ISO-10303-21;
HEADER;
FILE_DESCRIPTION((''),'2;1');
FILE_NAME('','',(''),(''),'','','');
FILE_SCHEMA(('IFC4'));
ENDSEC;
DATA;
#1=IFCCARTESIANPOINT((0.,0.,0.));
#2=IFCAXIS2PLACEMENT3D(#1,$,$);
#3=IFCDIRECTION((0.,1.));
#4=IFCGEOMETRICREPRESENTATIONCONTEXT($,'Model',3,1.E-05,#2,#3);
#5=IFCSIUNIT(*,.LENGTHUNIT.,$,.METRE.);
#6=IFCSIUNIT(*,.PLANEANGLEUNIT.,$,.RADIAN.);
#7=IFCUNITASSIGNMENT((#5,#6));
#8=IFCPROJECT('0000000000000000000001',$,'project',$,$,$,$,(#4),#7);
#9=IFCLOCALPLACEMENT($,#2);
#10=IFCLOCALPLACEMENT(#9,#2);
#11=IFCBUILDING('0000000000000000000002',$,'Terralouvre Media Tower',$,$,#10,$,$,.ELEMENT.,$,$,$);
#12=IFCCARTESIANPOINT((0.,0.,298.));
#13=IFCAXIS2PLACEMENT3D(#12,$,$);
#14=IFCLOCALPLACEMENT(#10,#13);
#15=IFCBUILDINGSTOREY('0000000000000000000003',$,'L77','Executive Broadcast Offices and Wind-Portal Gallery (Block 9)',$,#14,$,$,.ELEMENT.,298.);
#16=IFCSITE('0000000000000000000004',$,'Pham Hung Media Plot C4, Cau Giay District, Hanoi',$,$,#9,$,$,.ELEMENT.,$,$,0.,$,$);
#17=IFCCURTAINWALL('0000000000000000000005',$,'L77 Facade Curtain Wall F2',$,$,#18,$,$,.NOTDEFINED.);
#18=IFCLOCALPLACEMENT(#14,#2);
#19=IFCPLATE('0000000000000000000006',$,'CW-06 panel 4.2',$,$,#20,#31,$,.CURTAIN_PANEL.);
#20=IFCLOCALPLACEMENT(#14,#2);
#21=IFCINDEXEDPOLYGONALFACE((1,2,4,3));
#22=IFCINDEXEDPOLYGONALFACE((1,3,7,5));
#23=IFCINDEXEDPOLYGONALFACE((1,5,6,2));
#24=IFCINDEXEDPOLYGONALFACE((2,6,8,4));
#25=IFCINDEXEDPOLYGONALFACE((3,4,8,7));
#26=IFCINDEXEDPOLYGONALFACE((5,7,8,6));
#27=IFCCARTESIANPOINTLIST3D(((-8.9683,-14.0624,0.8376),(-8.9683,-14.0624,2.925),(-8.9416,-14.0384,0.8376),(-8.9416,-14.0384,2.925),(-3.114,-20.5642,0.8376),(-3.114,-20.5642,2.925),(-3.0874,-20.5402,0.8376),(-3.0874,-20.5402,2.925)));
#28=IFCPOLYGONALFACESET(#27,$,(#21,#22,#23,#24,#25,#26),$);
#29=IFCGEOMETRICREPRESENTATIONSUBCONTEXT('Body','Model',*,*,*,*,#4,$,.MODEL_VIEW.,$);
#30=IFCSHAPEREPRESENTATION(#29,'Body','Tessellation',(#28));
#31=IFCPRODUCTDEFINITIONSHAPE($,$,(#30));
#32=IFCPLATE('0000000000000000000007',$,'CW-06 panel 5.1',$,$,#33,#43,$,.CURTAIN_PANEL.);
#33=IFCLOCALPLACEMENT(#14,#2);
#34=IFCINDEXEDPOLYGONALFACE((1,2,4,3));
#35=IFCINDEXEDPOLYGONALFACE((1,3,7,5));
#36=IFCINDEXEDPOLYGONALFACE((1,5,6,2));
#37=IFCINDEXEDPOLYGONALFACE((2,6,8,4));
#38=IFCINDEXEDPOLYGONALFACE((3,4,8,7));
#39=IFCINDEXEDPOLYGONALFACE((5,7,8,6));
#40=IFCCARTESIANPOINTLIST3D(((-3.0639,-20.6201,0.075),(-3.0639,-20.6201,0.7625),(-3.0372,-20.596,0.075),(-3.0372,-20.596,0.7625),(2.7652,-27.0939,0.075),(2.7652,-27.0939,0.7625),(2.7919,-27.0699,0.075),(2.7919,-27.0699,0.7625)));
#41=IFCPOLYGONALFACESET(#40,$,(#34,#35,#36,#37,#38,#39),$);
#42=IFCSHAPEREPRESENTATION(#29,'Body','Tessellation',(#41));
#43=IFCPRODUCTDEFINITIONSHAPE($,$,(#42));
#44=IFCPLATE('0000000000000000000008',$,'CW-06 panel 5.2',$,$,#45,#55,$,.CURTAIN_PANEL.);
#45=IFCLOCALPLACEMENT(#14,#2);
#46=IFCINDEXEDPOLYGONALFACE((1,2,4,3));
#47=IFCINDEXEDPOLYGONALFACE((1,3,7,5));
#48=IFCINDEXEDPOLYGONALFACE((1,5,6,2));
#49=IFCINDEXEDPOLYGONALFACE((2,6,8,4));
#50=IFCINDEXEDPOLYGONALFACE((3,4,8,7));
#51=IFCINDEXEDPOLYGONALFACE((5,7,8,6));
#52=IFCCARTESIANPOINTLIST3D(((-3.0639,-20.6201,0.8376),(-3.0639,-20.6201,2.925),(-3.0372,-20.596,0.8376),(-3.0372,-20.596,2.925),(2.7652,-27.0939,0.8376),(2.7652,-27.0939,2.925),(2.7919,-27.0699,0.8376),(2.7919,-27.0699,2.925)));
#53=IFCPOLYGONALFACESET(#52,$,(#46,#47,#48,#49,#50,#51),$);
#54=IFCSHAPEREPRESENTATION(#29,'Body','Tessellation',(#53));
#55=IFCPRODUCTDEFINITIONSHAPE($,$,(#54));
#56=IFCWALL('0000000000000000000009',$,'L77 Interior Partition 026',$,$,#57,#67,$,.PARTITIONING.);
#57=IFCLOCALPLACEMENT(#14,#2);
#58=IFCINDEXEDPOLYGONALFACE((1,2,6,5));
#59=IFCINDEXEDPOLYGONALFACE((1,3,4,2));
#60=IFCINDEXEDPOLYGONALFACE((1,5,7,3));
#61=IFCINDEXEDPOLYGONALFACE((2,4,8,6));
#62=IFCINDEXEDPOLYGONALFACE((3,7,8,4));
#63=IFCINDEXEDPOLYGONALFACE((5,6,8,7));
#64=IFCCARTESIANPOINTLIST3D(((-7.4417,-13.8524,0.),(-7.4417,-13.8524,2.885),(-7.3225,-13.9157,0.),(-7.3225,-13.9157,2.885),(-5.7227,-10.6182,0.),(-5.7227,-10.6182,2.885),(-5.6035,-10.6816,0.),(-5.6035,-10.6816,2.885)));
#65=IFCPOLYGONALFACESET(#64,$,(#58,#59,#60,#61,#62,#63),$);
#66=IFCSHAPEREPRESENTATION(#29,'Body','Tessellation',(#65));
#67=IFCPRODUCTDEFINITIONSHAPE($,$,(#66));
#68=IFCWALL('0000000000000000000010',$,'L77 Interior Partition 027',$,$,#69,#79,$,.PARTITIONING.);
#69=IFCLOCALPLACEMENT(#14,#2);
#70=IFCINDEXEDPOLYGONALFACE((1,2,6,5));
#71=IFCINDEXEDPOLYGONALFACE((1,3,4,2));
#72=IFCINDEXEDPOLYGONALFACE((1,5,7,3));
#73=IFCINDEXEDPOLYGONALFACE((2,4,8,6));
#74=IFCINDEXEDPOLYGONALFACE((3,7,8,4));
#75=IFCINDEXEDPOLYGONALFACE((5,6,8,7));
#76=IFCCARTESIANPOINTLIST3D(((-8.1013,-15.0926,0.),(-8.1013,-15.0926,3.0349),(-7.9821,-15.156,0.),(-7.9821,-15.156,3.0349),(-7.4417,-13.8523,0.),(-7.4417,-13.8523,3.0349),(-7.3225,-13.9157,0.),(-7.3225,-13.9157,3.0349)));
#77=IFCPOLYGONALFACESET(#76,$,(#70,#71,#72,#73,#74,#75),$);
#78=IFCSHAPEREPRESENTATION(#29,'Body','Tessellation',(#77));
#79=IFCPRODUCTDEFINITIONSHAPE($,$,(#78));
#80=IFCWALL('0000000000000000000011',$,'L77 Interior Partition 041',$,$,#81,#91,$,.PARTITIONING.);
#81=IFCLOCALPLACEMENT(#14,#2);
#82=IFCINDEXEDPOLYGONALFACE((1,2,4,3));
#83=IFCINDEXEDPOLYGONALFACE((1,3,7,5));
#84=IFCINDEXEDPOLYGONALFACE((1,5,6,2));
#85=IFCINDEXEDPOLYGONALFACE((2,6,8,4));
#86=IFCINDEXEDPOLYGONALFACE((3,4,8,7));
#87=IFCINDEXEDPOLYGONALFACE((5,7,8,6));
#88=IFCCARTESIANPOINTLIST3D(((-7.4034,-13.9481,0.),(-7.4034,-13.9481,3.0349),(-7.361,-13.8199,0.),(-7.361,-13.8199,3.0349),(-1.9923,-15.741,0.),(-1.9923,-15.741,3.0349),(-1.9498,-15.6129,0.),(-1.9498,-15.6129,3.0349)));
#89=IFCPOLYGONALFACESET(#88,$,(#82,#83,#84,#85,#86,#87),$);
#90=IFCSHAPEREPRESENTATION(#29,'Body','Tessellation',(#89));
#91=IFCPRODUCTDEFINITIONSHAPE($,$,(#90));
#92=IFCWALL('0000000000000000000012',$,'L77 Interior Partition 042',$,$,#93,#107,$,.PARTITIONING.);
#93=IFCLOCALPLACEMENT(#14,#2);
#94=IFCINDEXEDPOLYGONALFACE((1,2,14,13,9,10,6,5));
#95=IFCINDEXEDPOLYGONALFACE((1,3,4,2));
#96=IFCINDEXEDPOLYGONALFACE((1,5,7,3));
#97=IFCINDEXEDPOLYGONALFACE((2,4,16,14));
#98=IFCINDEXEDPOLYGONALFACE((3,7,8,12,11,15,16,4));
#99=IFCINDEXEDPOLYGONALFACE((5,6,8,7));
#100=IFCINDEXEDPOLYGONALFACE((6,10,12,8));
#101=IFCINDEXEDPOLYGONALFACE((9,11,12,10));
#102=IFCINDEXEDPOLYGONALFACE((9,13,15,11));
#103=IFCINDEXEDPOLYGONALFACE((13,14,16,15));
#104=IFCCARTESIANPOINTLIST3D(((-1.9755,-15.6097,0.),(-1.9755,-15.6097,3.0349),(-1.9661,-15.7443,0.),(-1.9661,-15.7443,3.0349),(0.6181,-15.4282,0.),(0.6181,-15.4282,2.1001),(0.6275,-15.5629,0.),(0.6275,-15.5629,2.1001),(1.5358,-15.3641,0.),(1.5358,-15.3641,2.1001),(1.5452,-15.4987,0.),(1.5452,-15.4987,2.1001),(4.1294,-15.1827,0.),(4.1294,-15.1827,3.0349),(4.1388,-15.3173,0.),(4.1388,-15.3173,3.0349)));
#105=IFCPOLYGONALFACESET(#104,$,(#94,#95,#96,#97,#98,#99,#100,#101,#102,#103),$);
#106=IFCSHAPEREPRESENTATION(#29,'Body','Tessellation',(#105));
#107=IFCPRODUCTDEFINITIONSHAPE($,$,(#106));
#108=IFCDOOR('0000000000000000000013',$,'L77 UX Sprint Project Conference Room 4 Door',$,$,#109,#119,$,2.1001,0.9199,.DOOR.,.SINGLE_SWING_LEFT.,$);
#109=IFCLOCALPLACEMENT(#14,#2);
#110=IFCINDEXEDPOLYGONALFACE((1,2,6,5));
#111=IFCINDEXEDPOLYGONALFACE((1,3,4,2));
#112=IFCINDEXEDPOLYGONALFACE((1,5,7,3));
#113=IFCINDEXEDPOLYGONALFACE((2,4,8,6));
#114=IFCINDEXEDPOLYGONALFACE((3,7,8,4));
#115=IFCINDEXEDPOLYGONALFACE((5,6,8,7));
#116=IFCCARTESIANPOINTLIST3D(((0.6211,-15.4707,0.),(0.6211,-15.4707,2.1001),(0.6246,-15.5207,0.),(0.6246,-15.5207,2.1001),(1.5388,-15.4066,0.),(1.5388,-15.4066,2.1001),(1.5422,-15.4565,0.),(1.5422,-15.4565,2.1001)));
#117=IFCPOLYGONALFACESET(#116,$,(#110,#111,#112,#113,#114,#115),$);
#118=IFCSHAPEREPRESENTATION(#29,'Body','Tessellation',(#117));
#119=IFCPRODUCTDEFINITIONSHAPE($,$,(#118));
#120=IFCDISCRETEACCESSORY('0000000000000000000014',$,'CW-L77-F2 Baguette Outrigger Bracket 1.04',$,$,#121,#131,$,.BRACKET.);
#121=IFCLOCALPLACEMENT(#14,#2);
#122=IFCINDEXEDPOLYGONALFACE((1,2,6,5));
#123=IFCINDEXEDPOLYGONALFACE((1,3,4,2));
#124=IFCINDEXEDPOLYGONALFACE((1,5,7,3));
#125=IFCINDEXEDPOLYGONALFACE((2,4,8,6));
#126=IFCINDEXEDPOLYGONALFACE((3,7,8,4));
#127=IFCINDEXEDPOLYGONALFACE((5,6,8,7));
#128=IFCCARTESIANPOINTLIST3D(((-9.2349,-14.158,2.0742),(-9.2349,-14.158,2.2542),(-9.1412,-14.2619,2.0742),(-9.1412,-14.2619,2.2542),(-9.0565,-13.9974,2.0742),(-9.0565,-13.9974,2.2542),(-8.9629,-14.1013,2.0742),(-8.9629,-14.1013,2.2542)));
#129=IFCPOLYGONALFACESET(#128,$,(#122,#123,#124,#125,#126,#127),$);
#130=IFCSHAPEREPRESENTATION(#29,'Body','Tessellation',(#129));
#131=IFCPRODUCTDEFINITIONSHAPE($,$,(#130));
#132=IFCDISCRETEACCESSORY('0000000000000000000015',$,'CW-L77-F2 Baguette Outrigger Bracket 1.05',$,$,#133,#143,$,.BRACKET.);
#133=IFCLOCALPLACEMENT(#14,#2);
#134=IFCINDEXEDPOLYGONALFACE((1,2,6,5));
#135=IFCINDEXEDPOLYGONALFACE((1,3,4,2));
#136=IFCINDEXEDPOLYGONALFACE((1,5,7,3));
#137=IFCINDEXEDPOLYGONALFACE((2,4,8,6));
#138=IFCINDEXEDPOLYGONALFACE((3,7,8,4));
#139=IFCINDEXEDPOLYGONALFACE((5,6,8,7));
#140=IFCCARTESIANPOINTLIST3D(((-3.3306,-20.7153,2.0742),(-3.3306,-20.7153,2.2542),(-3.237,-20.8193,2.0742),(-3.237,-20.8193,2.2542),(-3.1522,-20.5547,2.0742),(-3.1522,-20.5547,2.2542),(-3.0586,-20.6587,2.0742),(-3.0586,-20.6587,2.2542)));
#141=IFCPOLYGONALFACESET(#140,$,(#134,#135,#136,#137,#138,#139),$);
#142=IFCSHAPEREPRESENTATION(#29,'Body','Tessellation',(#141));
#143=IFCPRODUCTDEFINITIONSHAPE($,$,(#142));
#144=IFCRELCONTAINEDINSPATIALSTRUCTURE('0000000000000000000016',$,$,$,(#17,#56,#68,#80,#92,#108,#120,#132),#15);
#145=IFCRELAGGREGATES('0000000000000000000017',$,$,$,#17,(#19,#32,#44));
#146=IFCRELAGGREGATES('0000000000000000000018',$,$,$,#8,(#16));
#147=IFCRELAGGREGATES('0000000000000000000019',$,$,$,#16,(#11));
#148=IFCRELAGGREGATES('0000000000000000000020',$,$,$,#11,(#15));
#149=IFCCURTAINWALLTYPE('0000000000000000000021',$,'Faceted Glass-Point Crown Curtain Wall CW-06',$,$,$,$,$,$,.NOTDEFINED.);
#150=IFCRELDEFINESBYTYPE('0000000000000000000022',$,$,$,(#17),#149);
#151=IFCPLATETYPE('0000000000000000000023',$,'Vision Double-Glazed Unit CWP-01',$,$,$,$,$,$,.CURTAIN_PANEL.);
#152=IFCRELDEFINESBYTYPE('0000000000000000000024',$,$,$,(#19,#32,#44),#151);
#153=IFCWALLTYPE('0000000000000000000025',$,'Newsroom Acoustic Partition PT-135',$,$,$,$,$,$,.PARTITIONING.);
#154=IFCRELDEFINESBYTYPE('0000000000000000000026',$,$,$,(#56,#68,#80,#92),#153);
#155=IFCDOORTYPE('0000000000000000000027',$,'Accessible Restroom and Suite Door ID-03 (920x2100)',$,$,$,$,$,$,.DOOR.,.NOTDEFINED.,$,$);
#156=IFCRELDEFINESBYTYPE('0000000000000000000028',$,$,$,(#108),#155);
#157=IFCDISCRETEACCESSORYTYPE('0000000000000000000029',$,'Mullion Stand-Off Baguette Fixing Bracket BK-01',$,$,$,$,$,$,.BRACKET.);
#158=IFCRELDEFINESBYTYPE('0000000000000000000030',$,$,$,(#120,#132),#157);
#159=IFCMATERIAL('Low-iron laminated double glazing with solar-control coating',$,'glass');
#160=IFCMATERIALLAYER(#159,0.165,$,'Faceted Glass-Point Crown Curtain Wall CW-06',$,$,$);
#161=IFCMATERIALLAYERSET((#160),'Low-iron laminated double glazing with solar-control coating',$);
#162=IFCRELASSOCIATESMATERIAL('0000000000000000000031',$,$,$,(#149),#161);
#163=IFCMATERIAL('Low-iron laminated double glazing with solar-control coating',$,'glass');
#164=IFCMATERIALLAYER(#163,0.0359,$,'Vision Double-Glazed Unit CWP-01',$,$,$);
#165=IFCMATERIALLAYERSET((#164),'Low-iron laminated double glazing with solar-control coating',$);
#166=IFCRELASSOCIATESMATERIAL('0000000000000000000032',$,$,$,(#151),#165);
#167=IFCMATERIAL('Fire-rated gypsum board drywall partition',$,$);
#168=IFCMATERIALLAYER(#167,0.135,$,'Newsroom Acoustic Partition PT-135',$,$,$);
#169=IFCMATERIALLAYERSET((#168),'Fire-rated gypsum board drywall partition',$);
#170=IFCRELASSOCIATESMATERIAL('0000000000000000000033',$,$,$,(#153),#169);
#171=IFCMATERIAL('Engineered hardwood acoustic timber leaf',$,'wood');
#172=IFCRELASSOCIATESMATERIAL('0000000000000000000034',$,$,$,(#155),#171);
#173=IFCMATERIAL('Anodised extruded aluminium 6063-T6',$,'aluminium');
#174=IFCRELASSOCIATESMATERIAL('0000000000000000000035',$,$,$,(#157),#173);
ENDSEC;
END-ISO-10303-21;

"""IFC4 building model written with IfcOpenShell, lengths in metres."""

from ifc_helpers import new_model, si_unit, direction, frame, frame_2d, origin, origin_2d, place, context, subcontext, project, spatial, rectangle, extrude, material, layer, layer_set, type_object, element, fill, aggregate, save


model = new_model("IFC4")

# Units and contexts
model_context = context("Model", 3, precision=1e-05, world=origin(), true_north=direction((0.0, 1.0)))
body_context = subcontext(model_context, "Body", "Model", "MODEL_VIEW")
ifc_project = project(units=[si_unit("LENGTHUNIT", "METRE"), si_unit("PLANEANGLEUNIT", "RADIAN")], contexts=[model_context])

# Site, building, storey
site_placement = place(None, origin())
site = spatial("IfcSite", under=ifc_project, at=site_placement, Name="Pham Hung Media Plot C4, Cau Giay District, Hanoi", CompositionType="ELEMENT", RefElevation=0.0)
building_placement = place(site_placement, origin())
building = spatial("IfcBuilding", under=site, at=building_placement, Name="Terralouvre Media Tower", CompositionType="ELEMENT")
storey_placement = place(building_placement, frame((0.0, 0.0, 298.0)))
storey = spatial("IfcBuildingStorey", under=building, at=storey_placement, Name="L77", Description="Executive Broadcast Offices and Wind-Portal Gallery (Block 9)", CompositionType="ELEMENT", Elevation=298.0)

# Curtain wall
ifc_material_1 = material(Name="Low-iron laminated double glazing with solar-control coating", Category="glass")
ifc_layer_1 = layer(ifc_material_1, 0.165, Name="Faceted Glass-Point Crown Curtain Wall CW-06")
ifc_layer_set_1 = layer_set([ifc_layer_1], Name="Low-iron laminated double glazing with solar-control coating")
curtain_wall_type = type_object("IfcCurtainWallType", Name="Faceted Glass-Point Crown Curtain Wall CW-06", PredefinedType="NOTDEFINED", material=ifc_layer_set_1)
curtain_wall_placement = place(storey_placement, origin())
curtain_wall = element("IfcCurtainWall", 1, at=curtain_wall_placement, inside=storey, type_object=curtain_wall_type, Name="L77 Facade Curtain Wall F2", PredefinedType="NOTDEFINED")

# Plates
ifc_material_2 = material(Name="Low-iron laminated double glazing with solar-control coating", Category="glass")
ifc_layer_2 = layer(ifc_material_2, 0.0359, Name="Vision Double-Glazed Unit CWP-01")
ifc_layer_set_2 = layer_set([ifc_layer_2], Name="Low-iron laminated double glazing with solar-control coating")
plate_type = type_object("IfcPlateType", Name="Vision Double-Glazed Unit CWP-01", PredefinedType="CURTAIN_PANEL", material=ifc_layer_set_2)
plate_1_placement = place(storey_placement, frame((-6.0278, -17.3013, 0.8376), z_axis=(0.0, 0.0, 1.0), x_axis=(0.669131, -0.743145, 0.0)))
plate_1 = element("IfcPlate", 2, at=plate_1_placement, type_object=plate_type, Name="CW-06 panel 4.2", PredefinedType="CURTAIN_PANEL", context=body_context, shape_type="SweptSolid", body=[
    extrude(rectangle(XDim=8.749, YDim=0.0359, at=origin_2d()), origin(), (0.0, 0.0, 1.0), 2.0874),
])
plate_2_placement = place(storey_placement, frame((-0.136, -23.845, 0.075), z_axis=(0.0, 0.0, 1.0), x_axis=(0.669131, -0.743145, 0.0)))
plate_2 = element("IfcPlate", 3, at=plate_2_placement, type_object=plate_type, Name="CW-06 panel 5.1", PredefinedType="CURTAIN_PANEL", context=body_context, shape_type="SweptSolid", body=[
    extrude(rectangle(XDim=8.7114, YDim=0.0359, at=origin_2d()), origin(), (0.0, 0.0, 1.0), 0.6875),
])
plate_3_placement = place(storey_placement, frame((-0.136, -23.845, 0.8376), z_axis=(0.0, 0.0, 1.0), x_axis=(0.669131, -0.743145, 0.0)))
plate_3 = element("IfcPlate", 4, at=plate_3_placement, type_object=plate_type, Name="CW-06 panel 5.2", PredefinedType="CURTAIN_PANEL", context=body_context, shape_type="SweptSolid", body=[
    extrude(rectangle(XDim=8.7114, YDim=0.0359, at=origin_2d()), origin(), (0.0, 0.0, 1.0), 2.0874),
])
aggregate(curtain_wall, [plate_1, plate_2, plate_3])

# Walls
ifc_material_3 = material(Name="Fire-rated gypsum board drywall partition")
ifc_layer_3 = layer(ifc_material_3, 0.135, Name="Newsroom Acoustic Partition PT-135")
ifc_layer_set_3 = layer_set([ifc_layer_3], Name="Fire-rated gypsum board drywall partition")
wall_type = type_object("IfcWallType", Name="Newsroom Acoustic Partition PT-135", PredefinedType="PARTITIONING", material=ifc_layer_set_3)
wall_1_placement = place(storey_placement, frame((-7.3821, -13.884, 0.0), z_axis=(0.0, 0.0, 1.0), x_axis=(0.469339, 0.883018, 0.0)))
element("IfcWall", 5, at=wall_1_placement, inside=storey, type_object=wall_type, Name="L77 Interior Partition 026", PredefinedType="PARTITIONING", context=body_context, shape_type="SweptSolid", body=[
    extrude(rectangle(XDim=3.6626, YDim=0.135, at=frame_2d((1.8313, 0.0))), origin(), (0.0, 0.0, 1.0), 2.885),
])
wall_2_placement = place(storey_placement, frame((-8.0417, -15.1243, 0.0), z_axis=(0.0, 0.0, 1.0), x_axis=(0.469596, 0.882882, 0.0)))
element("IfcWall", 6, at=wall_2_placement, inside=storey, type_object=wall_type, Name="L77 Interior Partition 027", PredefinedType="PARTITIONING", context=body_context, shape_type="SweptSolid", body=[
    extrude(rectangle(XDim=1.4048, YDim=0.135, at=frame_2d((0.7024, 0.0))), origin(), (0.0, 0.0, 1.0), 3.0349),
])
wall_3_placement = place(storey_placement, frame((-7.3821, -13.884, 0.0), z_axis=(0.0, 0.0, 1.0), x_axis=(0.949247, -0.314531, 0.0)))
element("IfcWall", 7, at=wall_3_placement, inside=storey, type_object=wall_type, Name="L77 Interior Partition 041", PredefinedType="PARTITIONING", context=body_context, shape_type="SweptSolid", body=[
    extrude(rectangle(XDim=5.7004, YDim=0.135, at=frame_2d((2.8501, 0.0))), origin(), (0.0, 0.0, 1.0), 3.0349),
])

# Wall, opening, door
wall_4_placement = place(storey_placement, frame((-1.9709, -15.677, 0.0), z_axis=(0.0, 0.0, 1.0), x_axis=(0.997563, 0.069773, 0.0)))
wall_4 = element("IfcWall", 8, at=wall_4_placement, inside=storey, type_object=wall_type, Name="L77 Interior Partition 042", PredefinedType="PARTITIONING", context=body_context, shape_type="SweptSolid", body=[
    extrude(rectangle(XDim=6.1199, YDim=0.135, at=frame_2d((3.0601, 0.0))), origin(), (0.0, 0.0, 1.0), 3.0349),
])
opening_placement = place(wall_4_placement, frame((2.6001, 0.0, 0.0)))
opening = element("IfcOpeningElement", 9, at=opening_placement, cuts=wall_4, PredefinedType="OPENING", context=body_context, shape_type="SweptSolid", body=[
    extrude(rectangle(XDim=0.9199, YDim=2.1001, at=frame_2d((0.46, 1.05))), frame((0.0, 0.0774, 0.0), z_axis=(0.0, -1.0, 0.0), x_axis=(1.0, 0.0, 0.0)), (0.0, 0.0, 1.0), 0.155),
])
ifc_material_4 = material(Name="Engineered hardwood acoustic timber leaf", Category="wood")
door_type = type_object("IfcDoorType", Name="Accessible Restroom and Suite Door ID-03 (920x2100)", OperationType="NOTDEFINED", PredefinedType="DOOR", material=ifc_material_4)
door_placement = place(opening_placement, origin())
door = element("IfcDoor", 10, at=door_placement, inside=storey, type_object=door_type, Name="L77 UX Sprint Project Conference Room 4 Door", OperationType="SINGLE_SWING_LEFT", OverallHeight=2.1001, OverallWidth=0.9199, PredefinedType="DOOR", context=body_context, shape_type="SweptSolid", body=[
    extrude(rectangle(XDim=0.9199, YDim=2.1001, at=frame_2d((0.46, 1.05))), frame((0.0, 0.0249, 0.0), z_axis=(0.0, -1.0, 0.0), x_axis=(1.0, 0.0, 0.0)), (0.0, 0.0, 1.0), 0.05),
])
fill(opening, door)

# Discrete accessories
ifc_material_5 = material(Name="Anodised extruded aluminium 6063-T6", Category="aluminium")
discrete_accessory_type = type_object("IfcDiscreteAccessoryType", Name="Mullion Stand-Off Baguette Fixing Bracket BK-01", PredefinedType="BRACKET", material=ifc_material_5)
for number, where, z_axis, x_axis, name in (
    (11, (-9.0989, -14.1296, 2.0742), (0.0, 0.0, 1.0), (0.669131, -0.743145, 0.0), "CW-L77-F2 Baguette Outrigger Bracket 1.04"),
    (12, (-3.1946, -20.687, 2.0742), (0.0, 0.0, 1.0), (0.669131, -0.743145, 0.0), "CW-L77-F2 Baguette Outrigger Bracket 1.05"),
):
    element("IfcDiscreteAccessory", number, at=place(storey_placement, frame(where, z_axis=z_axis, x_axis=x_axis)), inside=storey, type_object=discrete_accessory_type, Name=name, PredefinedType="BRACKET", context=body_context, shape_type="SweptSolid", body=[
        extrude(rectangle(XDim=0.1399, YDim=0.24, at=origin_2d()), origin(), (0.0, 0.0, 1.0), 0.1799),
    ])

save(model, "model.ifc")
